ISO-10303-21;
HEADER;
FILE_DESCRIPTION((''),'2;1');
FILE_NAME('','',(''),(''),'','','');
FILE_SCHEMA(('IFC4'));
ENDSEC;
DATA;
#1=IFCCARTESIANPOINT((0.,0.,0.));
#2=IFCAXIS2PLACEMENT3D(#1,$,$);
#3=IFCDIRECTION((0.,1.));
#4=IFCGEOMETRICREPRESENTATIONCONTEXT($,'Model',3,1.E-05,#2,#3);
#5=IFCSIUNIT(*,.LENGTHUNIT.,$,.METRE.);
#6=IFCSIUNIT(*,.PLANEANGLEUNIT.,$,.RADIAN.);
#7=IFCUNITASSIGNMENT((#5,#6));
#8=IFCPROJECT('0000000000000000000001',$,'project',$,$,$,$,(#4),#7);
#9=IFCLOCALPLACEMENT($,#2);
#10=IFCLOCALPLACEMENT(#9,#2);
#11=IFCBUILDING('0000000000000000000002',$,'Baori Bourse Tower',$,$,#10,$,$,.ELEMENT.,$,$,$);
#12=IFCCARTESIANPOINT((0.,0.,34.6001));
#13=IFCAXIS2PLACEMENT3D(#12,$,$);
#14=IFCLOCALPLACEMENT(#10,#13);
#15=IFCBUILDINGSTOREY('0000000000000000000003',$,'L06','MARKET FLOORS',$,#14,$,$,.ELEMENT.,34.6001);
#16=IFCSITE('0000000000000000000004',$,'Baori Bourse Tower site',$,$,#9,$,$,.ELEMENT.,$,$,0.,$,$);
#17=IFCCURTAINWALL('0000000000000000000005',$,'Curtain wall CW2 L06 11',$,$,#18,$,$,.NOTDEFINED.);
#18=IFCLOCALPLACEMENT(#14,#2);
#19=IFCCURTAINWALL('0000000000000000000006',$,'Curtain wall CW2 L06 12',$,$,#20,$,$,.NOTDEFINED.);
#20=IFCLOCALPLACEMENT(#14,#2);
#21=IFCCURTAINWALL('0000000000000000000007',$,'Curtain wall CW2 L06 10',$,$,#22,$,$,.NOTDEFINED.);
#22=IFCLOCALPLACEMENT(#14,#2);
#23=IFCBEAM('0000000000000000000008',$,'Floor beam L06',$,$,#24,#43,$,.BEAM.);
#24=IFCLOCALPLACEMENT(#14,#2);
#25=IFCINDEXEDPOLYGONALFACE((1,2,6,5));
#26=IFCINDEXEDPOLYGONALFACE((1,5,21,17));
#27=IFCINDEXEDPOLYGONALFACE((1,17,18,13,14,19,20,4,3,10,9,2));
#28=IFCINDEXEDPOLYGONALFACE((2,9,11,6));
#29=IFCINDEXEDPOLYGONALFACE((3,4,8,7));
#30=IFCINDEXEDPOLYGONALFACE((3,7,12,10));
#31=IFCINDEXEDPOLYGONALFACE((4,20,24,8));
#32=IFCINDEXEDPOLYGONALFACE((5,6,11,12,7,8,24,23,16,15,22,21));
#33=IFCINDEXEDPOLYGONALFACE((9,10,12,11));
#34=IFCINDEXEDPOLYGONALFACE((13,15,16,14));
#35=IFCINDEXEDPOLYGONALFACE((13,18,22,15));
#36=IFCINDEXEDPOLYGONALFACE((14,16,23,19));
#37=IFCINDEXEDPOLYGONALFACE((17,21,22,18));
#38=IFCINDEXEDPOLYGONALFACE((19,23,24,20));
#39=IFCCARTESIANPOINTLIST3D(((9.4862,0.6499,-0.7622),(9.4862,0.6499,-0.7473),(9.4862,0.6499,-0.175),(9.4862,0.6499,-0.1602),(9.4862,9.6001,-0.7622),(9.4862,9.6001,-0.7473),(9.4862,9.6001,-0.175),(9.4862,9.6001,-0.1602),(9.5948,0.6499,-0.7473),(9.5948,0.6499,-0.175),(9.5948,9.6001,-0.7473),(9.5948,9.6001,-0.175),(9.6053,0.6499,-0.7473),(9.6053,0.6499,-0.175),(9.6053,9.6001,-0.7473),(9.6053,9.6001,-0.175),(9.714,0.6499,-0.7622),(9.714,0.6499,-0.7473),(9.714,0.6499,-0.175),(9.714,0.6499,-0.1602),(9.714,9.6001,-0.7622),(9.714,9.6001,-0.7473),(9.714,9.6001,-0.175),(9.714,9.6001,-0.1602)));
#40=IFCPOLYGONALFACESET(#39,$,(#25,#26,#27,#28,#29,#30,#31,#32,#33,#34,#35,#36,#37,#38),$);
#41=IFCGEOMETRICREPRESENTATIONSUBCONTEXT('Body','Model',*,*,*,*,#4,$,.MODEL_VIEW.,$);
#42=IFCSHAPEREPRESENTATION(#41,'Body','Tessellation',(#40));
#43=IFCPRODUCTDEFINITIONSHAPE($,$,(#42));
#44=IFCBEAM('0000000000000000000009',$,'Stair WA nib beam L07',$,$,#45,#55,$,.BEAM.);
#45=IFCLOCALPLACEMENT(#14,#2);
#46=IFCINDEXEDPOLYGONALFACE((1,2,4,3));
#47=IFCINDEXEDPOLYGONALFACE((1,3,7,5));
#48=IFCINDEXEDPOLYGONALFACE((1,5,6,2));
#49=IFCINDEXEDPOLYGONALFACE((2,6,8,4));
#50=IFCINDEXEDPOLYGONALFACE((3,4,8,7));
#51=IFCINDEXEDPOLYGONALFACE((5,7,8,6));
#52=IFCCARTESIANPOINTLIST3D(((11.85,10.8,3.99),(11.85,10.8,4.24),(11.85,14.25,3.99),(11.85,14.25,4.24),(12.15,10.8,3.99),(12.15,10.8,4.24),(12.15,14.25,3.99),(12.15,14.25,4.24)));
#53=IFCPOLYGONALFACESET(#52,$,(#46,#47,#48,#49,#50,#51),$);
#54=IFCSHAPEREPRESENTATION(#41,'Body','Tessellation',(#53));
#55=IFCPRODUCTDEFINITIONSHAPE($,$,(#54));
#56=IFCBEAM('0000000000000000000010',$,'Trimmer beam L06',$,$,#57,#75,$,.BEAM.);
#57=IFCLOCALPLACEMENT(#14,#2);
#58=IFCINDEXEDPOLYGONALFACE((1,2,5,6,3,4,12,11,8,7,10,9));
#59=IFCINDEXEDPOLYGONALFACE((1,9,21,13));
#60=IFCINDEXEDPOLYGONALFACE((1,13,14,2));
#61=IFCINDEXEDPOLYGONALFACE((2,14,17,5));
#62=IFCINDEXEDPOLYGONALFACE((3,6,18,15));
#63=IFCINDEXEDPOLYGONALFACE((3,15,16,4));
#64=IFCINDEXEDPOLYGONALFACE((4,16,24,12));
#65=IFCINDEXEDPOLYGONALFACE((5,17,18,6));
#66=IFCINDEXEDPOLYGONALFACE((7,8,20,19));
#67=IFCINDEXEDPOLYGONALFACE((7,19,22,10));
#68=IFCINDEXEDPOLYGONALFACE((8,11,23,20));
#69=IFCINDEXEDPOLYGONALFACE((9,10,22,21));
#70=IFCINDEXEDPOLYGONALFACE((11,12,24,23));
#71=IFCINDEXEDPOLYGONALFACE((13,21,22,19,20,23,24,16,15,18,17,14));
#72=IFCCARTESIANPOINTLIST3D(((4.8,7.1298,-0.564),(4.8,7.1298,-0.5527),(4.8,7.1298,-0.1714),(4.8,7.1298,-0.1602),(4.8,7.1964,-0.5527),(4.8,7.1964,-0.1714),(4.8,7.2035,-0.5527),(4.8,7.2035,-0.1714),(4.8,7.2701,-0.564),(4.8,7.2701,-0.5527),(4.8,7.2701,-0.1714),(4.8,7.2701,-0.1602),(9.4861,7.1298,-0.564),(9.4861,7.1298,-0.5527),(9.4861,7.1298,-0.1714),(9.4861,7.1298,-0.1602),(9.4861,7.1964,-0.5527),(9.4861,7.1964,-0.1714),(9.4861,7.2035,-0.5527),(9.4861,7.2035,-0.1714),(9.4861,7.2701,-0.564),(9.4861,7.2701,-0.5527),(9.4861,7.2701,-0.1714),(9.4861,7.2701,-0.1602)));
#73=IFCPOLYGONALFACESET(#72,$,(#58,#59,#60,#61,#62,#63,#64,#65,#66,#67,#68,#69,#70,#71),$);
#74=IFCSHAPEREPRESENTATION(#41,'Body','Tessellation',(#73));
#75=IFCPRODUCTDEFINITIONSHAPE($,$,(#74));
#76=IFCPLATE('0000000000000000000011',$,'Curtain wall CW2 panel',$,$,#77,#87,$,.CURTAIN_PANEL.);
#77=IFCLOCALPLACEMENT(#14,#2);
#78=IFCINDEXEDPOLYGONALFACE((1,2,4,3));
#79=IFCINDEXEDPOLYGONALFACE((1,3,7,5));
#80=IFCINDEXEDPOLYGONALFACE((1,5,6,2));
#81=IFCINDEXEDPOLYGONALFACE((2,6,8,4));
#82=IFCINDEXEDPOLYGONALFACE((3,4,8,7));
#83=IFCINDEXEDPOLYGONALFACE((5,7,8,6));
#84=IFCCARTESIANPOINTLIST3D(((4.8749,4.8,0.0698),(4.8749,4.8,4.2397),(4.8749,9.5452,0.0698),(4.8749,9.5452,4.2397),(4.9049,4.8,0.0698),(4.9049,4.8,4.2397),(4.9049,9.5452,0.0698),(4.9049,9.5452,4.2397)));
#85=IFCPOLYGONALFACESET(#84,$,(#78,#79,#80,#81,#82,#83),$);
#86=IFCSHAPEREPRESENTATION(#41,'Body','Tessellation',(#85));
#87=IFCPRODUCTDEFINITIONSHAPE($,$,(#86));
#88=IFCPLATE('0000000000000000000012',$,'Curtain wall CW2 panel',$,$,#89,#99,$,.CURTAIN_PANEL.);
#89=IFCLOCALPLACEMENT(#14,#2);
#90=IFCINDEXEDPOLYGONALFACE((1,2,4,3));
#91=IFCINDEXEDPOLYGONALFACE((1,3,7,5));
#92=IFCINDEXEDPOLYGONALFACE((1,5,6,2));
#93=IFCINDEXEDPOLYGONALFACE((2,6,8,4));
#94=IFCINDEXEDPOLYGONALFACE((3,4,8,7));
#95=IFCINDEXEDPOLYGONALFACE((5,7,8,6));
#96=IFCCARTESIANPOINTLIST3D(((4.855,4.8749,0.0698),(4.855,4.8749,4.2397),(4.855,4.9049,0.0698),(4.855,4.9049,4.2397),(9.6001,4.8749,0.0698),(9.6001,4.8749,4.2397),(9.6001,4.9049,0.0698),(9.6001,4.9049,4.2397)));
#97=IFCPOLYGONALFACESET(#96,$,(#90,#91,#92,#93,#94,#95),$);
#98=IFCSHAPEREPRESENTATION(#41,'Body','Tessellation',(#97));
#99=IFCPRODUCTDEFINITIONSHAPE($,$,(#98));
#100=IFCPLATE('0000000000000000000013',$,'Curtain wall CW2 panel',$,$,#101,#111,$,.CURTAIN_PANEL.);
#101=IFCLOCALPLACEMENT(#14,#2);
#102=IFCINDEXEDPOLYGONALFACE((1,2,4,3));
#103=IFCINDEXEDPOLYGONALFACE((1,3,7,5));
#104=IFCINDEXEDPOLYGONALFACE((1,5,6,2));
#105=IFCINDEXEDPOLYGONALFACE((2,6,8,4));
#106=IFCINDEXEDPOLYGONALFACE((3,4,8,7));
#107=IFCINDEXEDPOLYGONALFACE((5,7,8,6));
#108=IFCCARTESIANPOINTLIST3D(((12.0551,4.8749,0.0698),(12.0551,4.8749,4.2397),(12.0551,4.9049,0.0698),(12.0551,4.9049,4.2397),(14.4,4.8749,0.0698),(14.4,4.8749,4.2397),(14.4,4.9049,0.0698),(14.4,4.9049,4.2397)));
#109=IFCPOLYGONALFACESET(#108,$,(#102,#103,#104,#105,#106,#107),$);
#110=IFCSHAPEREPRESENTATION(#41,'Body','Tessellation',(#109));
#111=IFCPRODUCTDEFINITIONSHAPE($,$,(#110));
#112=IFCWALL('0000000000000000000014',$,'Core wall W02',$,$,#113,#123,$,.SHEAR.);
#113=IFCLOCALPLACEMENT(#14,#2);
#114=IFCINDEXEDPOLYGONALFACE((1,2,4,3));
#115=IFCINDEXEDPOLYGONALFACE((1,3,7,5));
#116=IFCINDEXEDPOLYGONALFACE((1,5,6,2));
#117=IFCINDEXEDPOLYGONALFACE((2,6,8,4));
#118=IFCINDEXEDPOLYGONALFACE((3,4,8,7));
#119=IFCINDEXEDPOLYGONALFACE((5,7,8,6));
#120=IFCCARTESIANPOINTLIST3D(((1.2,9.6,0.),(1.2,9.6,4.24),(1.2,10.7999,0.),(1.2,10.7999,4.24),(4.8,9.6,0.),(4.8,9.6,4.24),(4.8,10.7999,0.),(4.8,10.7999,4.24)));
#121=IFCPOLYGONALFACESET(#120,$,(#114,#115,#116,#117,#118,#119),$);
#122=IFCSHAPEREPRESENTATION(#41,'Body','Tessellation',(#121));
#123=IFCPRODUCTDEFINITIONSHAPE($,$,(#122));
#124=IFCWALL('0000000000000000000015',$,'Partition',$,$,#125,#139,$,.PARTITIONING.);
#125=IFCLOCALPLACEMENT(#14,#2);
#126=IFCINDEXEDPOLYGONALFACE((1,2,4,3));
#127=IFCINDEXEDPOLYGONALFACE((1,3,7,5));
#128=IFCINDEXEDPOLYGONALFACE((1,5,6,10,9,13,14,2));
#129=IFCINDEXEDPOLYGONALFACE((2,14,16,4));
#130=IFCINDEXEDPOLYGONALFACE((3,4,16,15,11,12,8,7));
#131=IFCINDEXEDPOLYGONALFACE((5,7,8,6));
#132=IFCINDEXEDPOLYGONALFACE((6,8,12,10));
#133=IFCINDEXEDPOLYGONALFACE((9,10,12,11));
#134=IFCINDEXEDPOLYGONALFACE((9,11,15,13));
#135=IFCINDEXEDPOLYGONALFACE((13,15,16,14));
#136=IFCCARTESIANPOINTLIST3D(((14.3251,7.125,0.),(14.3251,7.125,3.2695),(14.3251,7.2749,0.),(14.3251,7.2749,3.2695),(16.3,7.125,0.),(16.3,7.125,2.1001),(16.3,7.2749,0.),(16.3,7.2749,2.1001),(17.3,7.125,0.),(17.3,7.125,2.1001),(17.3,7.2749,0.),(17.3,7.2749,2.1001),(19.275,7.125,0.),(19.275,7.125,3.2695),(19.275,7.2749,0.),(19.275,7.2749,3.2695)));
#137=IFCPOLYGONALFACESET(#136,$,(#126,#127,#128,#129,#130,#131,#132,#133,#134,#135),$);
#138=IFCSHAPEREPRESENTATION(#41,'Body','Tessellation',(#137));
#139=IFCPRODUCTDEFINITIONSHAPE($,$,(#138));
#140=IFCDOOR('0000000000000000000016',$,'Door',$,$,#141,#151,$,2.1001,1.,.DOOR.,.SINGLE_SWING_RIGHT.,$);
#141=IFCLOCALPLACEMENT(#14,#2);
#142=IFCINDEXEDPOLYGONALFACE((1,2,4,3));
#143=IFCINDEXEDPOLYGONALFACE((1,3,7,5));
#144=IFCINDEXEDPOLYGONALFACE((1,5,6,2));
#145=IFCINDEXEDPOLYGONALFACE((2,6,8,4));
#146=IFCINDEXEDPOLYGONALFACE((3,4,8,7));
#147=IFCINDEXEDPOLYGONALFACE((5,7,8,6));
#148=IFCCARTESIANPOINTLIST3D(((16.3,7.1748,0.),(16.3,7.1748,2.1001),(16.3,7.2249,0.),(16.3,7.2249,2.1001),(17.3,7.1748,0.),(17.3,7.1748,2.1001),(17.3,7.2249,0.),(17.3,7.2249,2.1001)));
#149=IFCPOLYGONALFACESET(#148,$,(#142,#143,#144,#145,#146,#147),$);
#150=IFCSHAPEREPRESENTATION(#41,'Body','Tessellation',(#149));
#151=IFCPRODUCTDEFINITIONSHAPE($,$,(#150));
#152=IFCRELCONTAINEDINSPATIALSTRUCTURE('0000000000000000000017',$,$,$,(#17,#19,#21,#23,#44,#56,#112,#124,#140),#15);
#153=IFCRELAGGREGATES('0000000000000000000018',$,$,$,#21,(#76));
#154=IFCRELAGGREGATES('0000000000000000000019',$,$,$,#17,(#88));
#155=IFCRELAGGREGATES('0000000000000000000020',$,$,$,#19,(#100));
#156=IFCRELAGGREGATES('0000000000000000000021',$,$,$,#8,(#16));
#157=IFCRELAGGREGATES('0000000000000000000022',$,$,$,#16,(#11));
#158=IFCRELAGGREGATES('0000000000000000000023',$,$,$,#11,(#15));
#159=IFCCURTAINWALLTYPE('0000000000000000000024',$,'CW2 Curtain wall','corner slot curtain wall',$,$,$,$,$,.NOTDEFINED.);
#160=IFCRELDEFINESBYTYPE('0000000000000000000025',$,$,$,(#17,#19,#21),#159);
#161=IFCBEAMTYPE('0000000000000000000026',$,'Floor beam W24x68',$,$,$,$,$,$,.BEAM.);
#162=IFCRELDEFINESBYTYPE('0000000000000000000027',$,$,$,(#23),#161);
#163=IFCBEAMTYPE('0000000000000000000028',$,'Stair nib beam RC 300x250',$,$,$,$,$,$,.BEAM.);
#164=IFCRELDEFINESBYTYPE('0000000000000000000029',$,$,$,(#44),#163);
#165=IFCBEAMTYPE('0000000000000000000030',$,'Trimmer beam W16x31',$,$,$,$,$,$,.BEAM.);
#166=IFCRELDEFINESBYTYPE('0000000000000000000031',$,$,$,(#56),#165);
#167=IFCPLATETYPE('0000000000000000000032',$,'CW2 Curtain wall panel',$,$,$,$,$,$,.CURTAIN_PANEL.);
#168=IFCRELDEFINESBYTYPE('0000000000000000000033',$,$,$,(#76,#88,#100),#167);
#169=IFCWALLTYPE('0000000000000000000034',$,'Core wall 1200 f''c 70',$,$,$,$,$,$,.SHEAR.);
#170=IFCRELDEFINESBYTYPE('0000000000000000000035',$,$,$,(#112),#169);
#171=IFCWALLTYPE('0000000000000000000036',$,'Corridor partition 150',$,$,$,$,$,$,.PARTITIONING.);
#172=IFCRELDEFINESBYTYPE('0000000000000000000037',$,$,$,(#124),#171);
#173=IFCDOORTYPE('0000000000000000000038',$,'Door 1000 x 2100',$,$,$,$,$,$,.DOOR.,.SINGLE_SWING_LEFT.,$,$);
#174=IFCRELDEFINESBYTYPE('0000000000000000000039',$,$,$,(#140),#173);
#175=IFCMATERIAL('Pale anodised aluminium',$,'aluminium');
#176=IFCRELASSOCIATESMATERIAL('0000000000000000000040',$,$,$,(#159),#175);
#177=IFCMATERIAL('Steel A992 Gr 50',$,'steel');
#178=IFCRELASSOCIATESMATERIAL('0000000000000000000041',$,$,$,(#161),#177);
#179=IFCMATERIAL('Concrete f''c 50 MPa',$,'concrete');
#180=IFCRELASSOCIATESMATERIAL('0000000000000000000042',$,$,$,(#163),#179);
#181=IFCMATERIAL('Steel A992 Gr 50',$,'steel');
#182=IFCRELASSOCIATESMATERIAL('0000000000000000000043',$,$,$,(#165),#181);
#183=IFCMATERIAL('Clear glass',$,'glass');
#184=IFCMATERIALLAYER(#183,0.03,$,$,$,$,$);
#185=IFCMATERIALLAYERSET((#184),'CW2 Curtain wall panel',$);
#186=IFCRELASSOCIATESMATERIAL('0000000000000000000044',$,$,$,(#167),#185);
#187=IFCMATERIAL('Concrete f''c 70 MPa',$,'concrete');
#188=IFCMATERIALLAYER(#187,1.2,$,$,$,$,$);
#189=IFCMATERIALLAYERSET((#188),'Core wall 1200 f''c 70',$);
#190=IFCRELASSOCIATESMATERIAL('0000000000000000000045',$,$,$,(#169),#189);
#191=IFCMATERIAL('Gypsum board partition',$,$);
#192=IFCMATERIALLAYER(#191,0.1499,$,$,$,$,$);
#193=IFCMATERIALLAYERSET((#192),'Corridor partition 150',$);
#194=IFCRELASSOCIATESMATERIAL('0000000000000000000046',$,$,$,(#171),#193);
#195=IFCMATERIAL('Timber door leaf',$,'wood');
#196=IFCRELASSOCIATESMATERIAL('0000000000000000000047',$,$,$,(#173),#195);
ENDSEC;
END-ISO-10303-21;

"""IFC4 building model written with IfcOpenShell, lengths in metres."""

from ifc_helpers import new_model, si_unit, direction, frame, frame_2d, origin, origin_2d, place, context, subcontext, project, spatial, rectangle, i_section, extrude, material, layer, layer_set, material_profile, profile_set, type_object, element, fill, aggregate, save


model = new_model("IFC4")

# Units and contexts
model_context = context("Model", 3, precision=1e-05, world=origin(), true_north=direction((0.0, 1.0)))
body_context = subcontext(model_context, "Body", "Model", "MODEL_VIEW")
ifc_project = project(units=[si_unit("LENGTHUNIT", "METRE"), si_unit("PLANEANGLEUNIT", "RADIAN")], contexts=[model_context])

# Site, building, storey
site_placement = place(None, origin())
site = spatial("IfcSite", under=ifc_project, at=site_placement, Name="Baori Bourse Tower site", CompositionType="ELEMENT", RefElevation=0.0)
building_placement = place(site_placement, origin())
building = spatial("IfcBuilding", under=site, at=building_placement, Name="Baori Bourse Tower", CompositionType="ELEMENT")
storey_placement = place(building_placement, frame((0.0, 0.0, 34.6001)))
storey = spatial("IfcBuildingStorey", under=building, at=storey_placement, Name="L06", Description="MARKET FLOORS", CompositionType="ELEMENT", Elevation=34.6001)

# Curtain walls
ifc_material_1 = material(Name="Pale anodised aluminium", Category="aluminium")
curtain_wall_type = type_object("IfcCurtainWallType", Name="CW2 Curtain wall", Description="corner slot curtain wall", PredefinedType="NOTDEFINED", material=ifc_material_1)
curtain_wall_1_placement = place(storey_placement, origin())
curtain_wall_1 = element("IfcCurtainWall", 1, at=curtain_wall_1_placement, inside=storey, type_object=curtain_wall_type, Name="Curtain wall CW2 L06 11", PredefinedType="NOTDEFINED")
curtain_wall_2_placement = place(storey_placement, origin())
curtain_wall_2 = element("IfcCurtainWall", 2, at=curtain_wall_2_placement, inside=storey, type_object=curtain_wall_type, Name="Curtain wall CW2 L06 12", PredefinedType="NOTDEFINED")
curtain_wall_3_placement = place(storey_placement, origin())
curtain_wall_3 = element("IfcCurtainWall", 3, at=curtain_wall_3_placement, inside=storey, type_object=curtain_wall_type, Name="Curtain wall CW2 L06 10", PredefinedType="NOTDEFINED")

# Beams
ifc_material_2 = material(Name="Steel A992 Gr 50", Category="steel")
ifc_material_profile_1 = material_profile(ifc_material_2, i_section(OverallWidth=0.2278, OverallDepth=0.6021, WebThickness=0.0105, FlangeThickness=0.0149, at=origin_2d()), Name="W24x68")
ifc_profile_set_1 = profile_set([ifc_material_profile_1], Name="Steel A992 Gr 50")
beam_type_1 = type_object("IfcBeamType", Name="Floor beam W24x68", PredefinedType="BEAM", material=ifc_profile_set_1)
beam_1_placement = place(storey_placement, frame((9.6001, 0.6499, -0.4612), z_axis=(0.0, 1.0, 0.0), x_axis=(-1.0, 0.0, 0.0)))
element("IfcBeam", 4, at=beam_1_placement, inside=storey, type_object=beam_type_1, Name="Floor beam L06", PredefinedType="BEAM", context=body_context, shape_type="SweptSolid", body=[
    extrude(i_section(OverallWidth=0.2278, OverallDepth=0.6021, WebThickness=0.0105, FlangeThickness=0.0149, at=origin_2d()), origin(), (0.0, 0.0, 1.0), 8.9502),
])
ifc_material_3 = material(Name="Concrete f'c 50 MPa", Category="concrete")
ifc_material_profile_2 = material_profile(ifc_material_3, rectangle(XDim=0.3, YDim=0.25, at=origin_2d()), Name="RC 300x250")
ifc_profile_set_2 = profile_set([ifc_material_profile_2], Name="Concrete f'c 50 MPa")
beam_type_2 = type_object("IfcBeamType", Name="Stair nib beam RC 300x250", PredefinedType="BEAM", material=ifc_profile_set_2)
beam_2_placement = place(storey_placement, frame((12.0, 10.8, 4.115), z_axis=(0.0, 1.0, 0.0), x_axis=(-1.0, 0.0, 0.0)))
element("IfcBeam", 5, at=beam_2_placement, inside=storey, type_object=beam_type_2, Name="Stair WA nib beam L07", PredefinedType="BEAM", context=body_context, shape_type="SweptSolid", body=[
    extrude(rectangle(XDim=0.3, YDim=0.25, at=origin_2d()), origin(), (0.0, 0.0, 1.0), 3.45),
])
ifc_material_4 = material(Name="Steel A992 Gr 50", Category="steel")
ifc_material_profile_3 = material_profile(ifc_material_4, i_section(OverallWidth=0.1404, OverallDepth=0.4038, WebThickness=0.0071, FlangeThickness=0.0112, at=origin_2d()), Name="W16x31")
ifc_profile_set_3 = profile_set([ifc_material_profile_3], Name="Steel A992 Gr 50")
beam_type_3 = type_object("IfcBeamType", Name="Trimmer beam W16x31", PredefinedType="BEAM", material=ifc_profile_set_3)
beam_3_placement = place(storey_placement, frame((4.8, 7.2, -0.3621), z_axis=(1.0, 0.0, 0.0), x_axis=(0.0, 1.0, 0.0)))
element("IfcBeam", 6, at=beam_3_placement, inside=storey, type_object=beam_type_3, Name="Trimmer beam L06", PredefinedType="BEAM", context=body_context, shape_type="SweptSolid", body=[
    extrude(i_section(OverallWidth=0.1404, OverallDepth=0.4038, WebThickness=0.0071, FlangeThickness=0.0112, at=origin_2d()), origin(), (0.0, 0.0, 1.0), 4.686),
])

# Plates
ifc_material_5 = material(Name="Clear glass", Category="glass")
ifc_layer_1 = layer(ifc_material_5, 0.03)
ifc_layer_set_1 = layer_set([ifc_layer_1], Name="CW2 Curtain wall panel")
plate_type = type_object("IfcPlateType", Name="CW2 Curtain wall panel", PredefinedType="CURTAIN_PANEL", material=ifc_layer_set_1)
plate_1_placement = place(storey_placement, frame((4.8899, 7.1726, 0.0698), z_axis=(0.0, 0.0, 1.0), x_axis=(0.0, -1.0, 0.0)))
plate_1 = element("IfcPlate", 7, at=plate_1_placement, type_object=plate_type, Name="Curtain wall CW2 panel", PredefinedType="CURTAIN_PANEL", context=body_context, shape_type="SweptSolid", body=[
    extrude(rectangle(XDim=4.7451, YDim=0.03, at=origin_2d()), origin(), (0.0, 0.0, 1.0), 4.1699),
])
aggregate(curtain_wall_3, [plate_1])
plate_2_placement = place(storey_placement, frame((7.2275, 4.8899, 0.0698), z_axis=(0.0, 0.0, 1.0), x_axis=(1.0, 0.0, 0.0)))
plate_2 = element("IfcPlate", 8, at=plate_2_placement, type_object=plate_type, Name="Curtain wall CW2 panel", PredefinedType="CURTAIN_PANEL", context=body_context, shape_type="SweptSolid", body=[
    extrude(rectangle(XDim=4.7451, YDim=0.03, at=origin_2d()), origin(), (0.0, 0.0, 1.0), 4.1699),
])
aggregate(curtain_wall_1, [plate_2])
plate_3_placement = place(storey_placement, frame((13.2275, 4.8899, 0.0698), z_axis=(0.0, 0.0, 1.0), x_axis=(1.0, 0.0, 0.0)))
plate_3 = element("IfcPlate", 9, at=plate_3_placement, type_object=plate_type, Name="Curtain wall CW2 panel", PredefinedType="CURTAIN_PANEL", context=body_context, shape_type="SweptSolid", body=[
    extrude(rectangle(XDim=2.345, YDim=0.03, at=origin_2d()), origin(), (0.0, 0.0, 1.0), 4.1699),
])
aggregate(curtain_wall_2, [plate_3])

# Wall
ifc_material_6 = material(Name="Concrete f'c 70 MPa", Category="concrete")
ifc_layer_2 = layer(ifc_material_6, 1.2)
ifc_layer_set_2 = layer_set([ifc_layer_2], Name="Core wall 1200 f'c 70")
wall_type_1 = type_object("IfcWallType", Name="Core wall 1200 f'c 70", PredefinedType="SHEAR", material=ifc_layer_set_2)
wall_1_placement = place(storey_placement, frame((4.8, 10.2, 0.0), z_axis=(0.0, 0.0, 1.0), x_axis=(-1.0, 0.0, 0.0)))
element("IfcWall", 10, at=wall_1_placement, inside=storey, type_object=wall_type_1, Name="Core wall W02", PredefinedType="SHEAR", context=body_context, shape_type="SweptSolid", body=[
    extrude(rectangle(XDim=3.6001, YDim=1.2, at=frame_2d((1.8, 0.0))), origin(), (0.0, 0.0, 1.0), 4.24),
])

# Wall, opening, door
ifc_material_7 = material(Name="Gypsum board partition")
ifc_layer_3 = layer(ifc_material_7, 0.1499)
ifc_layer_set_3 = layer_set([ifc_layer_3], Name="Corridor partition 150")
wall_type_2 = type_object("IfcWallType", Name="Corridor partition 150", PredefinedType="PARTITIONING", material=ifc_layer_set_3)
wall_2_placement = place(storey_placement, frame((14.325, 7.2, 0.0), z_axis=(0.0, 0.0, 1.0), x_axis=(1.0, 0.0, 0.0)))
wall_2 = element("IfcWall", 11, at=wall_2_placement, inside=storey, type_object=wall_type_2, Name="Partition", PredefinedType="PARTITIONING", context=body_context, shape_type="SweptSolid", body=[
    extrude(rectangle(XDim=4.95, YDim=0.1499, at=frame_2d((2.4751, 0.0))), origin(), (0.0, 0.0, 1.0), 3.2695),
])
opening_1_placement = place(wall_2_placement, frame((1.9751, 0.0, 0.0)))
opening_1 = element("IfcOpeningElement", 12, at=opening_1_placement, cuts=wall_2, PredefinedType="OPENING", context=body_context, shape_type="SweptSolid", body=[
    extrude(rectangle(XDim=1.0, YDim=2.1001, at=frame_2d((0.5, 1.05))), frame((0.0, 0.085, 0.0), z_axis=(0.0, -1.0, 0.0), x_axis=(1.0, 0.0, 0.0)), (0.0, 0.0, 1.0), 0.1699),
])
ifc_material_8 = material(Name="Timber door leaf", Category="wood")
door_type_1 = type_object("IfcDoorType", Name="Door 1000 x 2100", OperationType="SINGLE_SWING_LEFT", PredefinedType="DOOR", material=ifc_material_8)
door_1_placement = place(opening_1_placement, origin())
door_1 = element("IfcDoor", 13, at=door_1_placement, inside=storey, type_object=door_type_1, Name="Door", OperationType="SINGLE_SWING_RIGHT", OverallHeight=2.1001, OverallWidth=1.0, PredefinedType="DOOR", context=body_context, shape_type="SweptSolid", body=[
    extrude(rectangle(XDim=1.0, YDim=2.1001, at=frame_2d((0.5, 1.05))), frame((0.0, 0.0249, 0.0), z_axis=(0.0, -1.0, 0.0), x_axis=(1.0, 0.0, 0.0)), (0.0, 0.0, 1.0), 0.05),
])
fill(opening_1, door_1)

save(model, "model.ifc")
